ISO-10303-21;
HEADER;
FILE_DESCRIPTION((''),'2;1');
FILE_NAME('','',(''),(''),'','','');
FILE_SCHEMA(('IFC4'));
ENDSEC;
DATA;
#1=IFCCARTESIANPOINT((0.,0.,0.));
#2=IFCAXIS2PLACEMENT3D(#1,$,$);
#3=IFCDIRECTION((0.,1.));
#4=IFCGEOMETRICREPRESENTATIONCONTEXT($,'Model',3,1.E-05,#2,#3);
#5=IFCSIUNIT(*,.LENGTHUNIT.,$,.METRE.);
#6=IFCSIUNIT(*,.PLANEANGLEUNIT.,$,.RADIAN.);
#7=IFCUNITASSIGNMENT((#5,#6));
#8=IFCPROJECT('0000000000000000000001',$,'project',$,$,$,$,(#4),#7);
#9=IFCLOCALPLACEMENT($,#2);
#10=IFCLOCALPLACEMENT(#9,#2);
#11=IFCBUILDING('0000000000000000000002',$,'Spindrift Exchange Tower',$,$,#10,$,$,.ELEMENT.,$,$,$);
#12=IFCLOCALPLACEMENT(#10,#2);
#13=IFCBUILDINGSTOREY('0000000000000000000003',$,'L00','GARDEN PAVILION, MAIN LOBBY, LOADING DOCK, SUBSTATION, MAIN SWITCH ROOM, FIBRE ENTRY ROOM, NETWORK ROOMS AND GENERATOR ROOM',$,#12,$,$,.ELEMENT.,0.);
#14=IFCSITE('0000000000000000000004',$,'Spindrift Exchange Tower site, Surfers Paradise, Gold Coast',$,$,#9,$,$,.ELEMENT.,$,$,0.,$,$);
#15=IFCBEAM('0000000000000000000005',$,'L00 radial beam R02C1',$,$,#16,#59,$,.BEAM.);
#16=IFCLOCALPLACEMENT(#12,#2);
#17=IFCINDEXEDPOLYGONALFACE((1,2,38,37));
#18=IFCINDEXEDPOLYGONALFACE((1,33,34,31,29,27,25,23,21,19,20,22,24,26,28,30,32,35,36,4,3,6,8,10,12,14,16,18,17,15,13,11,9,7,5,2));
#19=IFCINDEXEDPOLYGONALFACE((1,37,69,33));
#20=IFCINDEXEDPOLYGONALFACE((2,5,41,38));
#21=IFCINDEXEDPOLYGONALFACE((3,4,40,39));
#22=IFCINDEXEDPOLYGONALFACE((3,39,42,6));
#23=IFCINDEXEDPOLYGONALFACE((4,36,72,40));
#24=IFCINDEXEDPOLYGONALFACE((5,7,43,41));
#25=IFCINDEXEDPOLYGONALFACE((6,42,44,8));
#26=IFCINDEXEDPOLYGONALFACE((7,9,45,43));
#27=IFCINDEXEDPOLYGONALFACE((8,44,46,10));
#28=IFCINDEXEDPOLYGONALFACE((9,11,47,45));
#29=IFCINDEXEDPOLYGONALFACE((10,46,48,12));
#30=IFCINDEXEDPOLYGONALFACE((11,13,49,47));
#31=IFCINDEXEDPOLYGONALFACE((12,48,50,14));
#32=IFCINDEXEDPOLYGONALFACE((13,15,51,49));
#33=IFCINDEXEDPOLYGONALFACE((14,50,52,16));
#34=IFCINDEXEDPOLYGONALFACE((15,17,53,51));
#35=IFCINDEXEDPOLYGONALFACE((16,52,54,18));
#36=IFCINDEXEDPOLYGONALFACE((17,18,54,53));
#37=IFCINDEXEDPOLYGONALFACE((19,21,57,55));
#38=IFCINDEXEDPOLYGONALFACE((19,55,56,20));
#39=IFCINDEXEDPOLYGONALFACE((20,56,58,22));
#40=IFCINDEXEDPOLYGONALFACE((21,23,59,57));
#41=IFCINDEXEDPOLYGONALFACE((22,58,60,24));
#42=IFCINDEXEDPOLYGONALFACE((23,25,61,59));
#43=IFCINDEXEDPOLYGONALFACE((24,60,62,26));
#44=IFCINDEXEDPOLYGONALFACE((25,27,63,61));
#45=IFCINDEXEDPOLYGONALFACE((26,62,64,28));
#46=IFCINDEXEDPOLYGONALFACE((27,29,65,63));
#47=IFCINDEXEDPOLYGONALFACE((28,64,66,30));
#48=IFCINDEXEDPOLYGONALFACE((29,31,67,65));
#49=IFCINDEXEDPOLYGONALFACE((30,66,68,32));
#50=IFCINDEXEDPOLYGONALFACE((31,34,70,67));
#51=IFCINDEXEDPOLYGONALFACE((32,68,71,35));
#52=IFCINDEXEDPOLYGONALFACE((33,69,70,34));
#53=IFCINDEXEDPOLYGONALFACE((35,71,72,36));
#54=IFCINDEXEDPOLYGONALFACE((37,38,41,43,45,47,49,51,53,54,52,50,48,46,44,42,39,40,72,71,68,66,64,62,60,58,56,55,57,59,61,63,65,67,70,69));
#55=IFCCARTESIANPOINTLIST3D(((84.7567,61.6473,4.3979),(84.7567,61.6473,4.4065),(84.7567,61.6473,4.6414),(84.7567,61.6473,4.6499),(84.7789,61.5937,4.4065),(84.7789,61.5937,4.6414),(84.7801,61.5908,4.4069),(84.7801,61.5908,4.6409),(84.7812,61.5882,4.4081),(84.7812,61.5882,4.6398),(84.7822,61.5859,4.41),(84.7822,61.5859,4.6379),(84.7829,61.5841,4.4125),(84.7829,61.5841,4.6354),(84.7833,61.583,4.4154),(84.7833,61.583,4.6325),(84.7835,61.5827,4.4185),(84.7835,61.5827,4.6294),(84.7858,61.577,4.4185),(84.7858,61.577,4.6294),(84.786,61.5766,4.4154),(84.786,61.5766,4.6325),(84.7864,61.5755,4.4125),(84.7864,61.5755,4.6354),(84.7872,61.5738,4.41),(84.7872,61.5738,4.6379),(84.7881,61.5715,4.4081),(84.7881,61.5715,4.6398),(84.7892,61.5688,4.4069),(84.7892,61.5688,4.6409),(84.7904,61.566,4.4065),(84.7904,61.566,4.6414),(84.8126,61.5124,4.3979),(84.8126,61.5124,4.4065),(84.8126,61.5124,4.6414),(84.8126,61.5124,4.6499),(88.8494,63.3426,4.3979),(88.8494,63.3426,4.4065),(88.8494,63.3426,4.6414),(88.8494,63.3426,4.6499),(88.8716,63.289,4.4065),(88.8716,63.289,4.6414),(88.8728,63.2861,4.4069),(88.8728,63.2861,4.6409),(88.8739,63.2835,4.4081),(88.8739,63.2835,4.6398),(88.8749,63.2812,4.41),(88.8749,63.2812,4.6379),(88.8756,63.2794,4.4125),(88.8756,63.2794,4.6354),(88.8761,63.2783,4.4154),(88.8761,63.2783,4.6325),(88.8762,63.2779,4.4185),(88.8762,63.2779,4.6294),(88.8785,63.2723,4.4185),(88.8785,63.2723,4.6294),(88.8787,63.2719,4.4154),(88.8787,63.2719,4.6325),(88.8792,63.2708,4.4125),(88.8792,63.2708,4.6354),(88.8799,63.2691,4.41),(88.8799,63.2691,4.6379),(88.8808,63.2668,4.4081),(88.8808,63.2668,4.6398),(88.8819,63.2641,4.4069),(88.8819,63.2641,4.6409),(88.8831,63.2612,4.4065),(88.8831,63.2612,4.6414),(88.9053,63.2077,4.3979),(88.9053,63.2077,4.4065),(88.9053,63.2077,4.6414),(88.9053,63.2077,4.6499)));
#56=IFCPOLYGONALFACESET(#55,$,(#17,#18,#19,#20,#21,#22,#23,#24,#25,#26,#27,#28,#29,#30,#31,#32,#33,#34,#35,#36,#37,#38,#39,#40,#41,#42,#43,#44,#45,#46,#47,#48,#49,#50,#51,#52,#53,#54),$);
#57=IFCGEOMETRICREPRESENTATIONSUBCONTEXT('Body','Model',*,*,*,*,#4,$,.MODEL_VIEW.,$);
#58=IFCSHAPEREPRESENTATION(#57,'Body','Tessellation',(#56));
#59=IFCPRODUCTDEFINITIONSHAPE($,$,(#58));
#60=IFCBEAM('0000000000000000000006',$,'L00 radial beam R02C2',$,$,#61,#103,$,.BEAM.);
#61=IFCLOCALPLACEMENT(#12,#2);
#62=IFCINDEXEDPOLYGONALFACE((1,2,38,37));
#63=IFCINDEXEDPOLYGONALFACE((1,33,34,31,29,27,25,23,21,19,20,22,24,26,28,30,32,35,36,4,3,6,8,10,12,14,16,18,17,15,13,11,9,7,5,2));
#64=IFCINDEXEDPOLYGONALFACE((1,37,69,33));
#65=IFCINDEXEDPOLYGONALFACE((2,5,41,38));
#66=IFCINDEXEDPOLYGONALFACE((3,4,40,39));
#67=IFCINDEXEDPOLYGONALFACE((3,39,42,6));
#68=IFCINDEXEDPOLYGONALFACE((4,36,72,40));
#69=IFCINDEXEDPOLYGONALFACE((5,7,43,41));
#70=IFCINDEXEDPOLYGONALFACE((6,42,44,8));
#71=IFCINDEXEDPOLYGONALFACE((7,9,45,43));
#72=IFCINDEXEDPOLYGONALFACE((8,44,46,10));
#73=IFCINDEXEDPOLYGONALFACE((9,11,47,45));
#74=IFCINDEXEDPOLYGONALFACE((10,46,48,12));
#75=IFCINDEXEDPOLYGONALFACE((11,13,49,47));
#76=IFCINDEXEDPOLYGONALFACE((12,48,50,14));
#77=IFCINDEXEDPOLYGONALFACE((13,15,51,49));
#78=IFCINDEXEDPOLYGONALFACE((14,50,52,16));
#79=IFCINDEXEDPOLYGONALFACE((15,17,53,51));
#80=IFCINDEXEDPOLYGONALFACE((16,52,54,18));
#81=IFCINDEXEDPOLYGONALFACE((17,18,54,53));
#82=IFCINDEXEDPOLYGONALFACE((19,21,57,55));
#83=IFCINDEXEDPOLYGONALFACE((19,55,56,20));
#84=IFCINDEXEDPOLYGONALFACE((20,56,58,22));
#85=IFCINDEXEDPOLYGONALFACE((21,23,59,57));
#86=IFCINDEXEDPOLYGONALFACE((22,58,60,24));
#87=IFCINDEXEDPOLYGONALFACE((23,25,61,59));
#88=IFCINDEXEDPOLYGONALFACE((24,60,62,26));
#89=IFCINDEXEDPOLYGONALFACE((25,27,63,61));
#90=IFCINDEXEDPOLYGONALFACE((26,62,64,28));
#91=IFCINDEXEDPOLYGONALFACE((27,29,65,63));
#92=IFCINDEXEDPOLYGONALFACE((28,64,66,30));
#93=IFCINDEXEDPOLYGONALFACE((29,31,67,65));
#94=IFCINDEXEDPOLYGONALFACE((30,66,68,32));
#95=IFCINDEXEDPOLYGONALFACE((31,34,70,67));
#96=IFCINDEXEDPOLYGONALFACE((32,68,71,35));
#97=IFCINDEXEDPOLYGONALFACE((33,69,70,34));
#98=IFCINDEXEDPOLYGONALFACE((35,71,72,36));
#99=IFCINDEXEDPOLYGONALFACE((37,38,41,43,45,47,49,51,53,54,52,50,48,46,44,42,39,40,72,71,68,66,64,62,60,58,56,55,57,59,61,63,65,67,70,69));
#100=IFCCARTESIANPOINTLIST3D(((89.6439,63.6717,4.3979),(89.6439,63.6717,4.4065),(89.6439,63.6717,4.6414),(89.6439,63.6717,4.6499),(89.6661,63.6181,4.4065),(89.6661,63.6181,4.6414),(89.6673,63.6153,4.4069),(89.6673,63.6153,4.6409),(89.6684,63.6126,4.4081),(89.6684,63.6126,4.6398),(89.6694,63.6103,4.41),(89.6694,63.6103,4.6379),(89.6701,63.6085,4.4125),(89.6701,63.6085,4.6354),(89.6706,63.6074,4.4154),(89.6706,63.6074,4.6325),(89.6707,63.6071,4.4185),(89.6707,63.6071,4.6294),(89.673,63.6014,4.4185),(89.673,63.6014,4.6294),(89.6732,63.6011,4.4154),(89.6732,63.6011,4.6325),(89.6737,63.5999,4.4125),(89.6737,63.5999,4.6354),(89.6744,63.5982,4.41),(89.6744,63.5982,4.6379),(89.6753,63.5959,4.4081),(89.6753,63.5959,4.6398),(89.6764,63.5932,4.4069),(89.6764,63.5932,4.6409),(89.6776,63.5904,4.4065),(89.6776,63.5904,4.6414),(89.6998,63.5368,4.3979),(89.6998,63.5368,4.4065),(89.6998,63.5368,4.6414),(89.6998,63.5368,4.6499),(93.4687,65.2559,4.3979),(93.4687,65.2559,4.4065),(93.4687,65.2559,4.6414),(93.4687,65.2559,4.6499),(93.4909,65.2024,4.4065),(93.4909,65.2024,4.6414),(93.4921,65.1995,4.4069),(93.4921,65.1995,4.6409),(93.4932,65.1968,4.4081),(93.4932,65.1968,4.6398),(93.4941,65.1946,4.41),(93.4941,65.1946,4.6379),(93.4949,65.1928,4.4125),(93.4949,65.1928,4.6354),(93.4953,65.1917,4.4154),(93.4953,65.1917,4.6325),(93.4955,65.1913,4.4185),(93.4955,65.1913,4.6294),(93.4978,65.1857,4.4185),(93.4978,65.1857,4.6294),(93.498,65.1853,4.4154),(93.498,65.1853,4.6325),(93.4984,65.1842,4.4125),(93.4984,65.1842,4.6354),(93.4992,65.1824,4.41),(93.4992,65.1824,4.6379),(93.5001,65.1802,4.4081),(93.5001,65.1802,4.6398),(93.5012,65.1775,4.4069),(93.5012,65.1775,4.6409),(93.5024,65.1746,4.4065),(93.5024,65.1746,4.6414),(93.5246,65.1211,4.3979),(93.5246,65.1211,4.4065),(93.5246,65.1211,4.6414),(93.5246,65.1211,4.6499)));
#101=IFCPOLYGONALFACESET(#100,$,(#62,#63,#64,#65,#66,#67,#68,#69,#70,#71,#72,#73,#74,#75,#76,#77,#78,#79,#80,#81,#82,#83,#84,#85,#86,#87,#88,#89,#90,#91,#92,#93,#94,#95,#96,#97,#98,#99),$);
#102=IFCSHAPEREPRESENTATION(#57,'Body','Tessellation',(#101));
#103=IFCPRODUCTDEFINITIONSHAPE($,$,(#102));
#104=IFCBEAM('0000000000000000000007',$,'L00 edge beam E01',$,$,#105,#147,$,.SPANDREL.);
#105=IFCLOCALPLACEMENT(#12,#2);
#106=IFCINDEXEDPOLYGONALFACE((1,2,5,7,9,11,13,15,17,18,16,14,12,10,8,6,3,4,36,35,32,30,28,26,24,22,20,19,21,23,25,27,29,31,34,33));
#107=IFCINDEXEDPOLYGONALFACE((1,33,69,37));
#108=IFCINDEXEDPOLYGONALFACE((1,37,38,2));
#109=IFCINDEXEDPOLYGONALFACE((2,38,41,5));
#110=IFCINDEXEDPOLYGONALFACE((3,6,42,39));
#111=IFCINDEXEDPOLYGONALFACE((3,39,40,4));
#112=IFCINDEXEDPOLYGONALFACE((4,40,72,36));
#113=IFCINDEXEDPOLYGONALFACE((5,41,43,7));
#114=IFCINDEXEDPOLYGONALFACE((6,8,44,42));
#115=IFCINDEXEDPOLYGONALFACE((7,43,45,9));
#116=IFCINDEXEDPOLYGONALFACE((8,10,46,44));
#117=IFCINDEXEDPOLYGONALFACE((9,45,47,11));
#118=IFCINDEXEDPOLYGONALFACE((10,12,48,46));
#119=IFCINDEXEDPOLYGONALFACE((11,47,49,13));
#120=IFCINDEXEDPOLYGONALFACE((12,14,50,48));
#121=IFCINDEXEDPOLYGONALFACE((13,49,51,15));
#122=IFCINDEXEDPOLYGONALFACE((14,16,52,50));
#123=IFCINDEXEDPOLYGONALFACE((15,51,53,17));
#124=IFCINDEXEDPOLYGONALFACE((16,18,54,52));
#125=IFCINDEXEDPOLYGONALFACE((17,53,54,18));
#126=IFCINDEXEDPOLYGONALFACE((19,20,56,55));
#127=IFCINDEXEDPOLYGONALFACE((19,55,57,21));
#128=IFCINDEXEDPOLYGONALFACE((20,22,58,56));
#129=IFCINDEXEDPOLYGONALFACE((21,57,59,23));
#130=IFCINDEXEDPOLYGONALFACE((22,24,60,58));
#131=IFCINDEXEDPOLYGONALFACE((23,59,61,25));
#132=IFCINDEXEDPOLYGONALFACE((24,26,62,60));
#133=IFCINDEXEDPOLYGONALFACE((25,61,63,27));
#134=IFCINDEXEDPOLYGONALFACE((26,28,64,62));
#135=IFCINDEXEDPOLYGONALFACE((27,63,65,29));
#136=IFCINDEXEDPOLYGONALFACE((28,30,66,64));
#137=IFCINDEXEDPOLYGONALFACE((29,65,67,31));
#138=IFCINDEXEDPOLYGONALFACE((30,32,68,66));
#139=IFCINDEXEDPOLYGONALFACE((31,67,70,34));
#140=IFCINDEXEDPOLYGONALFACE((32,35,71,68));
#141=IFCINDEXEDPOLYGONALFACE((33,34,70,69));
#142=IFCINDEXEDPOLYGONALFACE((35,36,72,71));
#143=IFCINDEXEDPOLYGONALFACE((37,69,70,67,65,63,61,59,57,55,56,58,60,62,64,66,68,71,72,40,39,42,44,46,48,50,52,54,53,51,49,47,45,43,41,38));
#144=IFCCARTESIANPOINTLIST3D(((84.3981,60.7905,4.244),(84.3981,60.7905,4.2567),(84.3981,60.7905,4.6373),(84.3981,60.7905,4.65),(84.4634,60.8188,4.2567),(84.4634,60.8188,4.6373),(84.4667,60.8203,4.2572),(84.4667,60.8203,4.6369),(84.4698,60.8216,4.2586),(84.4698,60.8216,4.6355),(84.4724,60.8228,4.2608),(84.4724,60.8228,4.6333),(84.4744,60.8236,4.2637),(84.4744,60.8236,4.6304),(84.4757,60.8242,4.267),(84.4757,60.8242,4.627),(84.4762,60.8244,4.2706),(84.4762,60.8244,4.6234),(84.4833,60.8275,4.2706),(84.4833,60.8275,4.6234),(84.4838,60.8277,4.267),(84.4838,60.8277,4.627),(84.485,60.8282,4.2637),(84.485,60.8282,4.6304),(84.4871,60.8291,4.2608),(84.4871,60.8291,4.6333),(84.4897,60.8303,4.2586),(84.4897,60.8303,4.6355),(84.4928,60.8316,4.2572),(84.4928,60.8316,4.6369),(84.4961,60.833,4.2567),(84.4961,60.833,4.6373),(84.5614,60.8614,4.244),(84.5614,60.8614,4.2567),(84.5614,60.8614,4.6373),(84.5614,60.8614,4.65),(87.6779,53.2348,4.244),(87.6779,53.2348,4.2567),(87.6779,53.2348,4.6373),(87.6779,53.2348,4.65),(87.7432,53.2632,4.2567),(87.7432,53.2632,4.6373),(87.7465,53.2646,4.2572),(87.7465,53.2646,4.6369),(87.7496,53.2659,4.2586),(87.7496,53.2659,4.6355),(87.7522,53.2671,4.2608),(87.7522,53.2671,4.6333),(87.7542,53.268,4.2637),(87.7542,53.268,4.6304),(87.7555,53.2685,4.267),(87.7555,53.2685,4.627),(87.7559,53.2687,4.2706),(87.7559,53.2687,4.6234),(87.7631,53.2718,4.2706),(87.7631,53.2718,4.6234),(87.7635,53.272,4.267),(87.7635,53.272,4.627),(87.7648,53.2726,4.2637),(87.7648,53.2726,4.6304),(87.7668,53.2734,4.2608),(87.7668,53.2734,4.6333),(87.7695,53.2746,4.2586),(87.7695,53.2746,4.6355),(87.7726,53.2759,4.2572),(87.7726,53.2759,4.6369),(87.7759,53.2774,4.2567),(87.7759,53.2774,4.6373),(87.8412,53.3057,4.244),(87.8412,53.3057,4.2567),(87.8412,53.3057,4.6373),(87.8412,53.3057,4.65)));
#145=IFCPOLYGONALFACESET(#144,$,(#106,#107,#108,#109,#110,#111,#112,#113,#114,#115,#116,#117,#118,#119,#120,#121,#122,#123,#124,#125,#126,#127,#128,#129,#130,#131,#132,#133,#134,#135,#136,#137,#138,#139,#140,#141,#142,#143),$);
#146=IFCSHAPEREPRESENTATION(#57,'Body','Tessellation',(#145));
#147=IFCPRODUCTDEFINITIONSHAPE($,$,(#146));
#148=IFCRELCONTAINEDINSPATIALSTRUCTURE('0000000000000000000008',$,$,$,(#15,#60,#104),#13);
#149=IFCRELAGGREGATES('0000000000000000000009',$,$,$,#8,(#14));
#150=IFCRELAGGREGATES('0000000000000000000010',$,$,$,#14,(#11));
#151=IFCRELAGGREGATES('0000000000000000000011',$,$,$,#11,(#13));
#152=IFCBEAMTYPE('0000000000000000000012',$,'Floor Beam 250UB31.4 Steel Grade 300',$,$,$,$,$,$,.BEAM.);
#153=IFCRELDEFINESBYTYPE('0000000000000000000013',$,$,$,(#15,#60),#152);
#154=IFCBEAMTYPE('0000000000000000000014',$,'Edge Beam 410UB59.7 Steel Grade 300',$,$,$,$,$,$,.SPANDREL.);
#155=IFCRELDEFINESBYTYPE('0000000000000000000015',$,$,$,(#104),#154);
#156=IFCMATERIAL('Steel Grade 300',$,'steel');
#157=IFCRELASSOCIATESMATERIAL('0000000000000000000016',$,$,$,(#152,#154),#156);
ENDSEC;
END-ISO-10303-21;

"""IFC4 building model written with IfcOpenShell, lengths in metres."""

from ifc_helpers import new_model, si_unit, direction, frame, origin, origin_2d, place, context, subcontext, project, spatial, i_section, extrude, source, transform, mapped, material, material_profile, profile_set, type_object, element, save


model = new_model("IFC4")

# Units and contexts
model_context = context("Model", 3, precision=1e-05, world=origin(), true_north=direction((0.0, 1.0)))
body_context = subcontext(model_context, "Body", "Model", "MODEL_VIEW")
ifc_project = project(units=[si_unit("LENGTHUNIT", "METRE"), si_unit("PLANEANGLEUNIT", "RADIAN")], contexts=[model_context])

# Site, building, storey
site_placement = place(None, origin())
site = spatial("IfcSite", under=ifc_project, at=site_placement, Name="Spindrift Exchange Tower site, Surfers Paradise, Gold Coast", CompositionType="ELEMENT", RefElevation=0.0)
building_placement = place(site_placement, origin())
building = spatial("IfcBuilding", under=site, at=building_placement, Name="Spindrift Exchange Tower", CompositionType="ELEMENT")
storey_placement = place(building_placement, origin())
storey = spatial("IfcBuildingStorey", under=building, at=storey_placement, Name="L00", Description="GARDEN PAVILION, MAIN LOBBY, LOADING DOCK, SUBSTATION, MAIN SWITCH ROOM, FIBRE ENTRY ROOM, NETWORK ROOMS AND GENERATOR ROOM", CompositionType="ELEMENT", Elevation=0.0)

# Beams
ifc_material_1 = material(Name="Steel Grade 300", Category="steel")
ifc_material_profile_1 = material_profile(ifc_material_1, i_section(OverallWidth=0.146, OverallDepth=0.252, WebThickness=0.0061, FlangeThickness=0.0085, FilletRadius=0.012, at=origin_2d()), Name="250UB31.4")
ifc_profile_set_1 = profile_set([ifc_material_profile_1], Name="Steel Grade 300")
beam_type_1 = type_object("IfcBeamType", Name="Floor Beam 250UB31.4 Steel Grade 300", PredefinedType="BEAM", material=ifc_profile_set_1)
shared_shape_1 = source(origin(), body_context, "Body", "SweptSolid", [
    extrude(i_section(OverallWidth=0.146, OverallDepth=0.252, WebThickness=0.0061, FlangeThickness=0.0085, FilletRadius=0.012, at=origin_2d()), origin(), (0.0, 0.0, 1.0), 4.4299),
])
beam_1_placement = place(storey_placement, frame((84.7847, 61.5798, 4.5239), z_axis=(0.923877, 0.382689, 0.0), x_axis=(-0.382689, 0.923877, 0.0)))
element("IfcBeam", 1, at=beam_1_placement, inside=storey, type_object=beam_type_1, Name="L00 radial beam R02C1", PredefinedType="BEAM", context=body_context, shape_type="MappedRepresentation", body=[
    mapped(shared_shape_1, transform((0.0, 0.0, 0.0), scale=1.0)),
])
shared_shape_2 = source(origin(), body_context, "Body", "SweptSolid", [
    extrude(i_section(OverallWidth=0.146, OverallDepth=0.252, WebThickness=0.0061, FlangeThickness=0.0085, FilletRadius=0.012, at=origin_2d()), origin(), (0.0, 0.0, 1.0), 4.1399),
])
beam_2_placement = place(storey_placement, frame((89.6719, 63.6042, 4.5239), z_axis=(0.923881, 0.38268, 0.0), x_axis=(-0.38268, 0.923881, 0.0)))
element("IfcBeam", 2, at=beam_2_placement, inside=storey, type_object=beam_type_1, Name="L00 radial beam R02C2", PredefinedType="BEAM", context=body_context, shape_type="MappedRepresentation", body=[
    mapped(shared_shape_2, transform((0.0, 0.0, 0.0), scale=1.0)),
])
ifc_material_profile_2 = material_profile(ifc_material_1, i_section(OverallWidth=0.178, OverallDepth=0.406, WebThickness=0.0078, FlangeThickness=0.0127, FilletRadius=0.0139, at=origin_2d()), Name="410UB59.7")
ifc_profile_set_2 = profile_set([ifc_material_profile_2], Name="Steel Grade 300")
beam_type_2 = type_object("IfcBeamType", Name="Edge Beam 410UB59.7 Steel Grade 300", PredefinedType="SPANDREL", material=ifc_profile_set_2)
shared_shape_3 = source(origin(), body_context, "Body", "SweptSolid", [
    extrude(i_section(OverallWidth=0.178, OverallDepth=0.406, WebThickness=0.0078, FlangeThickness=0.0127, FilletRadius=0.0139, at=origin_2d()), origin(), (0.0, 0.0, 1.0), 8.2368),
])
beam_3_placement = place(storey_placement, frame((87.7595, 53.2703, 4.447), z_axis=(-0.398186, 0.917305, 0.0), x_axis=(-0.917305, -0.398186, 0.0)))
element("IfcBeam", 3, at=beam_3_placement, inside=storey, type_object=beam_type_2, Name="L00 edge beam E01", PredefinedType="SPANDREL", context=body_context, shape_type="MappedRepresentation", body=[
    mapped(shared_shape_3, transform((0.0, 0.0, 0.0), scale=1.0)),
])

save(model, "model.ifc")
